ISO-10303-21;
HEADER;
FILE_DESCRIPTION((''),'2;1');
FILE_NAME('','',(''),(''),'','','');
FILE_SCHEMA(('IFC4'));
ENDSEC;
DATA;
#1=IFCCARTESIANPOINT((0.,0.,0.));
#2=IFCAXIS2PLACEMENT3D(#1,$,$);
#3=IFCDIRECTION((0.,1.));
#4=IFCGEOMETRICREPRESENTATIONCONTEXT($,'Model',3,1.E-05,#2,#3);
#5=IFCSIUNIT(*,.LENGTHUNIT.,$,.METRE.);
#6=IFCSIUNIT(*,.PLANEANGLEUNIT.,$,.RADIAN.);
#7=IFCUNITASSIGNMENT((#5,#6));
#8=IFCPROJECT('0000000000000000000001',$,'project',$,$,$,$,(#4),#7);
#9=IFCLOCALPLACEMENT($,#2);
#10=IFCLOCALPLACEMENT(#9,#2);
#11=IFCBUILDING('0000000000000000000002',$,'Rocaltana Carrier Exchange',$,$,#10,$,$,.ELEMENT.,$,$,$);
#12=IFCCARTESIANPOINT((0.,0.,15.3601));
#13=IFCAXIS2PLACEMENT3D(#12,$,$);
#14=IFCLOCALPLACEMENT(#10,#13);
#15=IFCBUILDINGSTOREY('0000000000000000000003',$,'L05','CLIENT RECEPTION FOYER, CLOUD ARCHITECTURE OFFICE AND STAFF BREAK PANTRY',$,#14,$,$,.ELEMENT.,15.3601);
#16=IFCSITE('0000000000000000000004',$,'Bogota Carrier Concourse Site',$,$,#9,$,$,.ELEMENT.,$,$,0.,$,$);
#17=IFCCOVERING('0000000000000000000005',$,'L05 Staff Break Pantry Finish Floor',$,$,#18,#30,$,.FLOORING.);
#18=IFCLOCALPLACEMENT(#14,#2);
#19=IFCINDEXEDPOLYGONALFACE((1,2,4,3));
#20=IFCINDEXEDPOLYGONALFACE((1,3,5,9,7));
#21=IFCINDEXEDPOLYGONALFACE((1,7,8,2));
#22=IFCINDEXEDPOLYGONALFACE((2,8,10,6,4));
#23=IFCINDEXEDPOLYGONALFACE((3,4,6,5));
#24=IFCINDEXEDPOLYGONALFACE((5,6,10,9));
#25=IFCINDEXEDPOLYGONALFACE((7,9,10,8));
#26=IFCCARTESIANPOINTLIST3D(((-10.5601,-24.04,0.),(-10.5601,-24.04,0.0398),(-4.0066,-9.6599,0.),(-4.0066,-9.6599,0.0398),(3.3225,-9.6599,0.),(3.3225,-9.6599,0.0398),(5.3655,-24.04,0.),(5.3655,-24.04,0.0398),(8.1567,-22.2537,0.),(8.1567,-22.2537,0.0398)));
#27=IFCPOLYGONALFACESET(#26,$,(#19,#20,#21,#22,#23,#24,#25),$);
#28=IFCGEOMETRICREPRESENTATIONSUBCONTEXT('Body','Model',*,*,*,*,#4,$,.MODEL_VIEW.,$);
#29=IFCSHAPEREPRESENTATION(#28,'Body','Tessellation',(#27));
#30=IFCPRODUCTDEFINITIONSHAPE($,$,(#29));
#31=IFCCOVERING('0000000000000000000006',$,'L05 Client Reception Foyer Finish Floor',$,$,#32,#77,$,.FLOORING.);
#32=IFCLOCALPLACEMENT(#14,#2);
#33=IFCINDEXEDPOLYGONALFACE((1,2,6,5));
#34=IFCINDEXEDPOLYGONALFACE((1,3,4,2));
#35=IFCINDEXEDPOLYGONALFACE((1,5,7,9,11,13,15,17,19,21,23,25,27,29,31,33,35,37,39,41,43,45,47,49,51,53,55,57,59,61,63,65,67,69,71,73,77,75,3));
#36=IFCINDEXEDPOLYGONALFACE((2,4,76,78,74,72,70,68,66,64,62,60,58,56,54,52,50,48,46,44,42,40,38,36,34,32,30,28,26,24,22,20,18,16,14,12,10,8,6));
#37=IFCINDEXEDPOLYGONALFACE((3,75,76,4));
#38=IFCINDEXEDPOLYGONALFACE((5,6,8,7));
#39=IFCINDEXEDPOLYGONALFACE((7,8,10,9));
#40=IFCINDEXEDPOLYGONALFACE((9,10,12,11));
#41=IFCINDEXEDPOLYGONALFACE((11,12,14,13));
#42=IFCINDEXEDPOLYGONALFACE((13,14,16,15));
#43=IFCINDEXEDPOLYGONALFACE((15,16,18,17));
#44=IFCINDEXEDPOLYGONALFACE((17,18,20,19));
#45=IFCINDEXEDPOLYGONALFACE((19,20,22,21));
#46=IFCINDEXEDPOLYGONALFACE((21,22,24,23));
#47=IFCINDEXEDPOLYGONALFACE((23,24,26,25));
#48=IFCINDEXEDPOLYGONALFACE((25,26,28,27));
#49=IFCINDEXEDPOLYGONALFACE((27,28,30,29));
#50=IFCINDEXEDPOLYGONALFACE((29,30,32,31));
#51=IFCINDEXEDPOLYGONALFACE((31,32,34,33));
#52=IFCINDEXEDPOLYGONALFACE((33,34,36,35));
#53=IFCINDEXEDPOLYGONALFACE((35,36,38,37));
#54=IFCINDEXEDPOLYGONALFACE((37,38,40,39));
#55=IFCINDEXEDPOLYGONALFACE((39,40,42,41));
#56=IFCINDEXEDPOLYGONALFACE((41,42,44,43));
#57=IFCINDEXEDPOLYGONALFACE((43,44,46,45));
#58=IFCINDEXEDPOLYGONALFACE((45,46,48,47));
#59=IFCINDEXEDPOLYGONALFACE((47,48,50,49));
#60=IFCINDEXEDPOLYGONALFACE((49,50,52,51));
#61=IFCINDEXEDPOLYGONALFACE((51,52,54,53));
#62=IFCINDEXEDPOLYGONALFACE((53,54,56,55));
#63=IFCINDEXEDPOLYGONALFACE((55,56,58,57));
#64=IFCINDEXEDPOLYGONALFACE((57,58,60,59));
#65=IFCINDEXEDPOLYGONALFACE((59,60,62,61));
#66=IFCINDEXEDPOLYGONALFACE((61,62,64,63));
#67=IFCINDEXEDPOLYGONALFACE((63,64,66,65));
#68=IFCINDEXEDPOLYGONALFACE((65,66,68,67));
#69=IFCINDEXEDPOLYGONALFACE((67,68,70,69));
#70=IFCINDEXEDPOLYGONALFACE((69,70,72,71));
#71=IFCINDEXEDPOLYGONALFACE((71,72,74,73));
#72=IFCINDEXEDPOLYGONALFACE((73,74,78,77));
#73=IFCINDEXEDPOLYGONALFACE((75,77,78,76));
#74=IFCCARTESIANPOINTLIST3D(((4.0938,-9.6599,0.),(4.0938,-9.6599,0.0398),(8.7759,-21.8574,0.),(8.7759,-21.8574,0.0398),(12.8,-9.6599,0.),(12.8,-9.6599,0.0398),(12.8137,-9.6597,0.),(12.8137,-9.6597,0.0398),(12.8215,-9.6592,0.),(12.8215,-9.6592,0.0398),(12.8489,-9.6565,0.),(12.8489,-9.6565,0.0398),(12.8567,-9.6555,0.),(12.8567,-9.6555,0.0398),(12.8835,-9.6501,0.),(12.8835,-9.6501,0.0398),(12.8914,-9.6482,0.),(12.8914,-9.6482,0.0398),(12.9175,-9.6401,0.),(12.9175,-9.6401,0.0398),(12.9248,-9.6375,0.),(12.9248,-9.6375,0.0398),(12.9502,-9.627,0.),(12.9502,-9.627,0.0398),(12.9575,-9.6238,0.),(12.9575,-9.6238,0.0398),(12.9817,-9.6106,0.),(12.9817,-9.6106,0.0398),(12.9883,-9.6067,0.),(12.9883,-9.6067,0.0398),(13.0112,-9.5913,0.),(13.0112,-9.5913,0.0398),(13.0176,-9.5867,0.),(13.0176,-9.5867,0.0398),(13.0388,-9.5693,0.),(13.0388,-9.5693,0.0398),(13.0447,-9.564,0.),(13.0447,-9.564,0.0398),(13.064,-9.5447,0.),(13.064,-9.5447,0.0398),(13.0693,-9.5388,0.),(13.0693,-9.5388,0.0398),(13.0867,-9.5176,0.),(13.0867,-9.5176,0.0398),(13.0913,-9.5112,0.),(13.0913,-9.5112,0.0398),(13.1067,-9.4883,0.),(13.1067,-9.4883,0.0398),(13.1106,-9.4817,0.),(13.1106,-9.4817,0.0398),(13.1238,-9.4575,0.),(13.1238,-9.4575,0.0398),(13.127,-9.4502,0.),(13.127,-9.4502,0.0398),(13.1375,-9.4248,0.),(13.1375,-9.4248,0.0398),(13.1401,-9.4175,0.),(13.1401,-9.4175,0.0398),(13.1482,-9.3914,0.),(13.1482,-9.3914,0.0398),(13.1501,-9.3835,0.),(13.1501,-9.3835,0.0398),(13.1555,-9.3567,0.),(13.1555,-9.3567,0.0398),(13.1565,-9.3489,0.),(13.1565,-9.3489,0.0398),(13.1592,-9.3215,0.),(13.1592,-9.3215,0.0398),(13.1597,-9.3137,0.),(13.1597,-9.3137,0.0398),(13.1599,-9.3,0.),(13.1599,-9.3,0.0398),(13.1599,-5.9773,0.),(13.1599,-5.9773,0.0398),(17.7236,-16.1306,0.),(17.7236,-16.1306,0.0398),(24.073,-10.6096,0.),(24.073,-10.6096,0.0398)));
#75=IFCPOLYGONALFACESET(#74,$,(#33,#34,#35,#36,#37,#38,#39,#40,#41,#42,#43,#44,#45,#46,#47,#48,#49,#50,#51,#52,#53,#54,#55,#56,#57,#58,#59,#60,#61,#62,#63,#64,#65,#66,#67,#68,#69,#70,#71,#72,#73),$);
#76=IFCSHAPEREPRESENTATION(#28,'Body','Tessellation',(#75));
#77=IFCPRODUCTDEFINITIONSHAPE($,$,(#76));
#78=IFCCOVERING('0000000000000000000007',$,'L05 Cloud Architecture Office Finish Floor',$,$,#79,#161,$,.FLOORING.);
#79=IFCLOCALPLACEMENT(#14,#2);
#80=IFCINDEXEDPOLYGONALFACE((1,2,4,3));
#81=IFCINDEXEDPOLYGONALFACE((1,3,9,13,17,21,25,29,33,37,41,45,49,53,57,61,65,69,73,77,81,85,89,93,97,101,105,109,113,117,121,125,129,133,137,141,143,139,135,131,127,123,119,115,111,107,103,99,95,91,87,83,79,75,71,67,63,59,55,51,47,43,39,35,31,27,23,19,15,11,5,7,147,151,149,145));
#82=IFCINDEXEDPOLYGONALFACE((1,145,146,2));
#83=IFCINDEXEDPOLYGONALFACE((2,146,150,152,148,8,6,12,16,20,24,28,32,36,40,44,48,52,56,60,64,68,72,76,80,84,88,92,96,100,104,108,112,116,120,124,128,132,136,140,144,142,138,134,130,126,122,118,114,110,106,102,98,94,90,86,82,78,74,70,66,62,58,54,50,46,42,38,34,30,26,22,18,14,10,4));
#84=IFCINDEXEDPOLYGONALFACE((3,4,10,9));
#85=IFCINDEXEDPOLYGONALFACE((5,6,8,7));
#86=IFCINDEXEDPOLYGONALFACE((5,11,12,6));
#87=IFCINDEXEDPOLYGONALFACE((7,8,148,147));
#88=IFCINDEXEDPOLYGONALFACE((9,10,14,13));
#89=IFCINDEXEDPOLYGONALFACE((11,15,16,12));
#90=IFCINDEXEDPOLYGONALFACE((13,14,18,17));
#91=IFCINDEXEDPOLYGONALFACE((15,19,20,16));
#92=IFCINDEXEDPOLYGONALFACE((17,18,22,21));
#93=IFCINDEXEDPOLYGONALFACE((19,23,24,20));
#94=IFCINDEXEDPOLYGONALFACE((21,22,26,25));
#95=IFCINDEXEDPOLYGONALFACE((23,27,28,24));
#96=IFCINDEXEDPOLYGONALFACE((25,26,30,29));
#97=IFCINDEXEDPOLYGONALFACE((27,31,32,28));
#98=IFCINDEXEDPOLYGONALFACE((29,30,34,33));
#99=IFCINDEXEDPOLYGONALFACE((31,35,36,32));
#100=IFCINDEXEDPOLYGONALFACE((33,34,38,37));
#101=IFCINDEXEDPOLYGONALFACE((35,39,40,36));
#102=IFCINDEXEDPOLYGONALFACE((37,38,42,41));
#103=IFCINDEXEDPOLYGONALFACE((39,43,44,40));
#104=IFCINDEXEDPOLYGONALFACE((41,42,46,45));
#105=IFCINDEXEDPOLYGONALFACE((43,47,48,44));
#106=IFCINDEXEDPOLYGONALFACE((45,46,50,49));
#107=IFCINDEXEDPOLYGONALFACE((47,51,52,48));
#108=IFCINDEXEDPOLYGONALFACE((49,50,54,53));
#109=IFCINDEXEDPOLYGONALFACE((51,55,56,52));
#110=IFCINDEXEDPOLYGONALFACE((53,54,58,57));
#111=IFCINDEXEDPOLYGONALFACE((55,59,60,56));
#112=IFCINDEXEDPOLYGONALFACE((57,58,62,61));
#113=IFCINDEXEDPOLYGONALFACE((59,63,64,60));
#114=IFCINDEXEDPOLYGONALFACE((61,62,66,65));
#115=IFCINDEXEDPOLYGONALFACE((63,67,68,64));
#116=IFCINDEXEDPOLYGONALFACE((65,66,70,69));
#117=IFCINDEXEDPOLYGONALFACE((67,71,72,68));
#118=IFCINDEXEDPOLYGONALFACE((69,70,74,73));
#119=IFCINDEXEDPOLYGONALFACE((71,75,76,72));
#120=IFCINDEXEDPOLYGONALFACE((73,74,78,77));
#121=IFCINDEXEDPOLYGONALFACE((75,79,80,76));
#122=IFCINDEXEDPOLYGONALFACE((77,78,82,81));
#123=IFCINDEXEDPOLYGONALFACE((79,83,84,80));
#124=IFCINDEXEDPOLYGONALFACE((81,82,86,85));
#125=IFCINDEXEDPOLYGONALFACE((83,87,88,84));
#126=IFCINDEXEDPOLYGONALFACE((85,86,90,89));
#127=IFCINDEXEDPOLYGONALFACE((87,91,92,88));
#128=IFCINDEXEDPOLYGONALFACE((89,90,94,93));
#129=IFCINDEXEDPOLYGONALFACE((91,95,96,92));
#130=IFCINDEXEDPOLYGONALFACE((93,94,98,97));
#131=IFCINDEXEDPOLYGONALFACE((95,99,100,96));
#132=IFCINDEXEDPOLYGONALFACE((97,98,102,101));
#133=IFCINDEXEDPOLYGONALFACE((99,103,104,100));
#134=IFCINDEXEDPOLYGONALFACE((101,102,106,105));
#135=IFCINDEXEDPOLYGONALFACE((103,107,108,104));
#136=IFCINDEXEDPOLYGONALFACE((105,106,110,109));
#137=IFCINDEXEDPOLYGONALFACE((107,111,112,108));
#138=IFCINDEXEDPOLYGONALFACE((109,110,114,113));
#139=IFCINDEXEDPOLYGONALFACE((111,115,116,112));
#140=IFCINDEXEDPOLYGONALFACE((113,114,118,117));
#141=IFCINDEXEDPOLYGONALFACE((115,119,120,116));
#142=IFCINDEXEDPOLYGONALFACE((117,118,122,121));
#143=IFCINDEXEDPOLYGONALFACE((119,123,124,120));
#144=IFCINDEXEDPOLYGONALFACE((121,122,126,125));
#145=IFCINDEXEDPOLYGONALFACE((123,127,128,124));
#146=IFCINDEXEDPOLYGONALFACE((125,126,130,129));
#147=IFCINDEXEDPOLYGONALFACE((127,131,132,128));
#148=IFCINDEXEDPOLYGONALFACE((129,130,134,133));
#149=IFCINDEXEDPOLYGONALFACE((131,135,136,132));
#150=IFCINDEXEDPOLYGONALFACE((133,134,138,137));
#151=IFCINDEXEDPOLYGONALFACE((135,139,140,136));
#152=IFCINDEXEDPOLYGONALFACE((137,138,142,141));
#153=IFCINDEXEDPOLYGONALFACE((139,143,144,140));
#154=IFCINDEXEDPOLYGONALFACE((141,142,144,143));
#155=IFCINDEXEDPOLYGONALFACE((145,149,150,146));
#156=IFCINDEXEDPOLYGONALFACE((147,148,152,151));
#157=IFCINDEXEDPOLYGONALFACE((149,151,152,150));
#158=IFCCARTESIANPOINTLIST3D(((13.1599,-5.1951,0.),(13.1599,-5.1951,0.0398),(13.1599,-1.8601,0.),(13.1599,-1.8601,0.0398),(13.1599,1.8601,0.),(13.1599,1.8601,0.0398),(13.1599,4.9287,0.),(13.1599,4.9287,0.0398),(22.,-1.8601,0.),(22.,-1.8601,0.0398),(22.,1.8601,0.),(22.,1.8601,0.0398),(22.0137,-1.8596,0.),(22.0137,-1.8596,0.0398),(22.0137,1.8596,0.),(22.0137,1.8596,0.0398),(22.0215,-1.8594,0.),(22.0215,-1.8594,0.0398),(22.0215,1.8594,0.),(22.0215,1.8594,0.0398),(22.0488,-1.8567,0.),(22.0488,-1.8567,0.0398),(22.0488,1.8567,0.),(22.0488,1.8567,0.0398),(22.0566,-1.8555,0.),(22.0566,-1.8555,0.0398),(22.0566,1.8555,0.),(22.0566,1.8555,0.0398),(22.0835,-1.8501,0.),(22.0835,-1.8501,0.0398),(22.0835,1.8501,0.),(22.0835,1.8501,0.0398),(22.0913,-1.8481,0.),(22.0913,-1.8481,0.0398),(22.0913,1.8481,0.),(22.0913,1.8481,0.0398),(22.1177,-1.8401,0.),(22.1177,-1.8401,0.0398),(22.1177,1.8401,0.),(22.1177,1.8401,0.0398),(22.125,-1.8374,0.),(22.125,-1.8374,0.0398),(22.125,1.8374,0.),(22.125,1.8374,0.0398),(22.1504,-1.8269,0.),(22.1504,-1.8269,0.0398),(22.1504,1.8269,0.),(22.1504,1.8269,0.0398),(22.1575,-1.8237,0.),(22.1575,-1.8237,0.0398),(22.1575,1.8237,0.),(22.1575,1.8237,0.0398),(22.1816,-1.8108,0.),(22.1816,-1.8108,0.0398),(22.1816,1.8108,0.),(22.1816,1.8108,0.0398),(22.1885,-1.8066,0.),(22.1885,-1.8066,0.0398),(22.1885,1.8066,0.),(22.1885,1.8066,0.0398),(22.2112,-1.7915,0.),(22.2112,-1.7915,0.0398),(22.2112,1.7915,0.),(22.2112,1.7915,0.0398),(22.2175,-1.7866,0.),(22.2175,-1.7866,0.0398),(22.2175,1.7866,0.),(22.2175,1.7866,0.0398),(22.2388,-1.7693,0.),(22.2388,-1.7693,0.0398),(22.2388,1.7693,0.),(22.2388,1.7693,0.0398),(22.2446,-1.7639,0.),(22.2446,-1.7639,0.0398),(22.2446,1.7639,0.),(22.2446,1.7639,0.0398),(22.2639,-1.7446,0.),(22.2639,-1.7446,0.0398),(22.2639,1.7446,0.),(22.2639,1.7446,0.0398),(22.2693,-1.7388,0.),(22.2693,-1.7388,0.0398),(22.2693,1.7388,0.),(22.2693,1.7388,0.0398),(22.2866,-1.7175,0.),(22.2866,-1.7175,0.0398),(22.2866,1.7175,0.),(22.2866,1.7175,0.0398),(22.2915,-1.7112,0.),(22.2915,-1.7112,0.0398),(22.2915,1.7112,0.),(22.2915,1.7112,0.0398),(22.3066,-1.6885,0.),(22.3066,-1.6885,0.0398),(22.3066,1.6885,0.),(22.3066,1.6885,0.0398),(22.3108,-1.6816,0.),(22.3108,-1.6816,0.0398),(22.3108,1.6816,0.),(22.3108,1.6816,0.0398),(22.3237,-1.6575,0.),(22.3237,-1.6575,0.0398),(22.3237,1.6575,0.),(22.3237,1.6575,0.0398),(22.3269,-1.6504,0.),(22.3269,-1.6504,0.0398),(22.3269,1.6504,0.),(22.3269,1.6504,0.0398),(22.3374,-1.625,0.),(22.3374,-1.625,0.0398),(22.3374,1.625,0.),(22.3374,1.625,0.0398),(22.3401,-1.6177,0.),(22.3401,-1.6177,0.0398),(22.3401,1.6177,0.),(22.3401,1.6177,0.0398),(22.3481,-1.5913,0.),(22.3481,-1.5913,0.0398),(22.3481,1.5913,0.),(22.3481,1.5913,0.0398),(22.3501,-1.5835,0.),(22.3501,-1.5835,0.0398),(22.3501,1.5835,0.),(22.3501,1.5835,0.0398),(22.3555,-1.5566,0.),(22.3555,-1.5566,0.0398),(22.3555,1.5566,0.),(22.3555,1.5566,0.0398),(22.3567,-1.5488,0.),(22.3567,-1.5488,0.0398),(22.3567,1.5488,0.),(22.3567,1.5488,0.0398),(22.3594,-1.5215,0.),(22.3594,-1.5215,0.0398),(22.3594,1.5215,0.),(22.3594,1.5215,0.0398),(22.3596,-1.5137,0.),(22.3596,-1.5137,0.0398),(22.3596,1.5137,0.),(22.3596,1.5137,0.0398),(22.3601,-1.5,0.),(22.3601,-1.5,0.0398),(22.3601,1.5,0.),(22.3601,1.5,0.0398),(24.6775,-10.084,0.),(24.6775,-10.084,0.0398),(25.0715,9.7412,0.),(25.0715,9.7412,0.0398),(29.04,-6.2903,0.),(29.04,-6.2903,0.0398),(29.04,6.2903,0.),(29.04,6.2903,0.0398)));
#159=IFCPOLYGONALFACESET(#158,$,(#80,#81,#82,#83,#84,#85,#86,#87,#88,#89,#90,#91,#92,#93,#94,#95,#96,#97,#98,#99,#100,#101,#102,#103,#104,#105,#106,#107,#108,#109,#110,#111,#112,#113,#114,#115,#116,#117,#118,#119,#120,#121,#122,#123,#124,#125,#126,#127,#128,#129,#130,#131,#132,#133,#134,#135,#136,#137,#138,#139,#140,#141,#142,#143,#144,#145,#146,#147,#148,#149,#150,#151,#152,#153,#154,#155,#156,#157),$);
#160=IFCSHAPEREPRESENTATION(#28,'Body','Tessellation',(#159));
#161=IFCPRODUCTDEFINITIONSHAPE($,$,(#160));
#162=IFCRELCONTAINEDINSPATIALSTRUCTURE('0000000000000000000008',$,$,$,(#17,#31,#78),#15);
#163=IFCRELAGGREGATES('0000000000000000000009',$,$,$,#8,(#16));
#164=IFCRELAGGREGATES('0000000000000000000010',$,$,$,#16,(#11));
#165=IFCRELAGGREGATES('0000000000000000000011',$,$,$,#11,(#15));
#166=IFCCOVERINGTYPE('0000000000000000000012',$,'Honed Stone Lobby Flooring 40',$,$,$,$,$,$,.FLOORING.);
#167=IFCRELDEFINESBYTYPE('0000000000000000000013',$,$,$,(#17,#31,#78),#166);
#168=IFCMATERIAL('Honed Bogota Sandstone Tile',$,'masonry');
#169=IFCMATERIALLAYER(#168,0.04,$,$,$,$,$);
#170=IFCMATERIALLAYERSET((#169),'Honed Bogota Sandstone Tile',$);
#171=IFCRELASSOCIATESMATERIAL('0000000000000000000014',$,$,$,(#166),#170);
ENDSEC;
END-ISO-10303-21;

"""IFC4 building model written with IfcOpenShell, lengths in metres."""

from ifc_helpers import new_model, si_unit, direction, frame, origin, place, context, subcontext, project, spatial, polyline, outline, extrude, material, layer, layer_set, type_object, element, save


model = new_model("IFC4")

# Units and contexts
model_context = context("Model", 3, precision=1e-05, world=origin(), true_north=direction((0.0, 1.0)))
body_context = subcontext(model_context, "Body", "Model", "MODEL_VIEW")
ifc_project = project(units=[si_unit("LENGTHUNIT", "METRE"), si_unit("PLANEANGLEUNIT", "RADIAN")], contexts=[model_context])

# Site, building, storey
site_placement = place(None, origin())
site = spatial("IfcSite", under=ifc_project, at=site_placement, Name="Bogota Carrier Concourse Site", CompositionType="ELEMENT", RefElevation=0.0)
building_placement = place(site_placement, origin())
building = spatial("IfcBuilding", under=site, at=building_placement, Name="Rocaltana Carrier Exchange", CompositionType="ELEMENT")
storey_placement = place(building_placement, frame((0.0, 0.0, 15.3601)))
storey = spatial("IfcBuildingStorey", under=building, at=storey_placement, Name="L05", Description="CLIENT RECEPTION FOYER, CLOUD ARCHITECTURE OFFICE AND STAFF BREAK PANTRY", CompositionType="ELEMENT", Elevation=15.3601)

# Coverings
ifc_material_1 = material(Name="Honed Bogota Sandstone Tile", Category="masonry")
ifc_layer_1 = layer(ifc_material_1, 0.04)
ifc_layer_set_1 = layer_set([ifc_layer_1], Name="Honed Bogota Sandstone Tile")
covering_type_1 = type_object("IfcCoveringType", Name="Honed Stone Lobby Flooring 40", PredefinedType="FLOORING", material=ifc_layer_set_1)
covering_1_placement = place(storey_placement, origin())
element("IfcCovering", 1, at=covering_1_placement, inside=storey, type_object=covering_type_1, Name="L05 Staff Break Pantry Finish Floor", PredefinedType="FLOORING", context=body_context, shape_type="SweptSolid", body=[
    extrude(outline(polyline([(5.3655, -24.04), (-10.5601, -24.04), (-4.0066, -9.6599), (3.3225, -9.6599), (8.1567, -22.2537), (5.3655, -24.04)])), origin(), (0.0, 0.0, 1.0), 0.0398),
])
covering_2_placement = place(storey_placement, origin())
element("IfcCovering", 2, at=covering_2_placement, inside=storey, type_object=covering_type_1, Name="L05 Client Reception Foyer Finish Floor", PredefinedType="FLOORING", context=body_context, shape_type="SweptSolid", body=[
    extrude(outline(polyline([(17.7236, -16.1306), (8.7759, -21.8574), (4.0938, -9.6599), (12.8, -9.6599), (12.8137, -9.6597), (12.8215, -9.6592), (12.8489, -9.6565), (12.8567, -9.6555), (12.8835, -9.6501), (12.8914, -9.6482), (12.9175, -9.6401), (12.9248, -9.6375), (12.9502, -9.627), (12.9575, -9.6238), (12.9817, -9.6106), (12.9883, -9.6067), (13.0112, -9.5913), (13.0176, -9.5867), (13.0388, -9.5693), (13.0447, -9.564), (13.064, -9.5447), (13.0693, -9.5388), (13.0867, -9.5176), (13.0913, -9.5112), (13.1067, -9.4883), (13.1106, -9.4817), (13.1238, -9.4575), (13.127, -9.4502), (13.1375, -9.4248), (13.1401, -9.4175), (13.1482, -9.3914), (13.1501, -9.3835), (13.1555, -9.3567), (13.1565, -9.3489), (13.1592, -9.3215), (13.1597, -9.3137), (13.1599, -9.3), (13.1599, -5.9773), (24.073, -10.6096), (17.7236, -16.1306)])), origin(), (0.0, 0.0, 1.0), 0.0398),
])
covering_3_placement = place(storey_placement, origin())
element("IfcCovering", 3, at=covering_3_placement, inside=storey, type_object=covering_type_1, Name="L05 Cloud Architecture Office Finish Floor", PredefinedType="FLOORING", context=body_context, shape_type="SweptSolid", body=[
    extrude(outline(polyline([(29.04, 6.2903), (29.04, -6.2903), (24.6775, -10.084), (13.1599, -5.1951), (13.1599, -1.8601), (22.0, -1.8601), (22.0137, -1.8596), (22.0215, -1.8594), (22.0488, -1.8567), (22.0566, -1.8555), (22.0835, -1.8501), (22.0913, -1.8481), (22.1177, -1.8401), (22.125, -1.8374), (22.1504, -1.8269), (22.1575, -1.8237), (22.1816, -1.8108), (22.1885, -1.8066), (22.2112, -1.7915), (22.2175, -1.7866), (22.2388, -1.7693), (22.2446, -1.7639), (22.2639, -1.7446), (22.2693, -1.7388), (22.2866, -1.7175), (22.2915, -1.7112), (22.3066, -1.6885), (22.3108, -1.6816), (22.3237, -1.6575), (22.3269, -1.6504), (22.3374, -1.625), (22.3401, -1.6177), (22.3481, -1.5913), (22.3501, -1.5835), (22.3555, -1.5566), (22.3567, -1.5488), (22.3594, -1.5215), (22.3596, -1.5137), (22.3601, -1.5), (22.3601, 1.5), (22.3596, 1.5137), (22.3594, 1.5215), (22.3567, 1.5488), (22.3555, 1.5566), (22.3501, 1.5835), (22.3481, 1.5913), (22.3401, 1.6177), (22.3374, 1.625), (22.3269, 1.6504), (22.3237, 1.6575), (22.3108, 1.6816), (22.3066, 1.6885), (22.2915, 1.7112), (22.2866, 1.7175), (22.2693, 1.7388), (22.2639, 1.7446), (22.2446, 1.7639), (22.2388, 1.7693), (22.2175, 1.7866), (22.2112, 1.7915), (22.1885, 1.8066), (22.1816, 1.8108), (22.1575, 1.8237), (22.1504, 1.8269), (22.125, 1.8374), (22.1177, 1.8401), (22.0913, 1.8481), (22.0835, 1.8501), (22.0566, 1.8555), (22.0488, 1.8567), (22.0215, 1.8594), (22.0137, 1.8596), (22.0, 1.8601), (13.1599, 1.8601), (13.1599, 4.9287), (25.0715, 9.7412), (29.04, 6.2903)])), origin(), (0.0, 0.0, 1.0), 0.0398),
])

save(model, "model.ifc")
